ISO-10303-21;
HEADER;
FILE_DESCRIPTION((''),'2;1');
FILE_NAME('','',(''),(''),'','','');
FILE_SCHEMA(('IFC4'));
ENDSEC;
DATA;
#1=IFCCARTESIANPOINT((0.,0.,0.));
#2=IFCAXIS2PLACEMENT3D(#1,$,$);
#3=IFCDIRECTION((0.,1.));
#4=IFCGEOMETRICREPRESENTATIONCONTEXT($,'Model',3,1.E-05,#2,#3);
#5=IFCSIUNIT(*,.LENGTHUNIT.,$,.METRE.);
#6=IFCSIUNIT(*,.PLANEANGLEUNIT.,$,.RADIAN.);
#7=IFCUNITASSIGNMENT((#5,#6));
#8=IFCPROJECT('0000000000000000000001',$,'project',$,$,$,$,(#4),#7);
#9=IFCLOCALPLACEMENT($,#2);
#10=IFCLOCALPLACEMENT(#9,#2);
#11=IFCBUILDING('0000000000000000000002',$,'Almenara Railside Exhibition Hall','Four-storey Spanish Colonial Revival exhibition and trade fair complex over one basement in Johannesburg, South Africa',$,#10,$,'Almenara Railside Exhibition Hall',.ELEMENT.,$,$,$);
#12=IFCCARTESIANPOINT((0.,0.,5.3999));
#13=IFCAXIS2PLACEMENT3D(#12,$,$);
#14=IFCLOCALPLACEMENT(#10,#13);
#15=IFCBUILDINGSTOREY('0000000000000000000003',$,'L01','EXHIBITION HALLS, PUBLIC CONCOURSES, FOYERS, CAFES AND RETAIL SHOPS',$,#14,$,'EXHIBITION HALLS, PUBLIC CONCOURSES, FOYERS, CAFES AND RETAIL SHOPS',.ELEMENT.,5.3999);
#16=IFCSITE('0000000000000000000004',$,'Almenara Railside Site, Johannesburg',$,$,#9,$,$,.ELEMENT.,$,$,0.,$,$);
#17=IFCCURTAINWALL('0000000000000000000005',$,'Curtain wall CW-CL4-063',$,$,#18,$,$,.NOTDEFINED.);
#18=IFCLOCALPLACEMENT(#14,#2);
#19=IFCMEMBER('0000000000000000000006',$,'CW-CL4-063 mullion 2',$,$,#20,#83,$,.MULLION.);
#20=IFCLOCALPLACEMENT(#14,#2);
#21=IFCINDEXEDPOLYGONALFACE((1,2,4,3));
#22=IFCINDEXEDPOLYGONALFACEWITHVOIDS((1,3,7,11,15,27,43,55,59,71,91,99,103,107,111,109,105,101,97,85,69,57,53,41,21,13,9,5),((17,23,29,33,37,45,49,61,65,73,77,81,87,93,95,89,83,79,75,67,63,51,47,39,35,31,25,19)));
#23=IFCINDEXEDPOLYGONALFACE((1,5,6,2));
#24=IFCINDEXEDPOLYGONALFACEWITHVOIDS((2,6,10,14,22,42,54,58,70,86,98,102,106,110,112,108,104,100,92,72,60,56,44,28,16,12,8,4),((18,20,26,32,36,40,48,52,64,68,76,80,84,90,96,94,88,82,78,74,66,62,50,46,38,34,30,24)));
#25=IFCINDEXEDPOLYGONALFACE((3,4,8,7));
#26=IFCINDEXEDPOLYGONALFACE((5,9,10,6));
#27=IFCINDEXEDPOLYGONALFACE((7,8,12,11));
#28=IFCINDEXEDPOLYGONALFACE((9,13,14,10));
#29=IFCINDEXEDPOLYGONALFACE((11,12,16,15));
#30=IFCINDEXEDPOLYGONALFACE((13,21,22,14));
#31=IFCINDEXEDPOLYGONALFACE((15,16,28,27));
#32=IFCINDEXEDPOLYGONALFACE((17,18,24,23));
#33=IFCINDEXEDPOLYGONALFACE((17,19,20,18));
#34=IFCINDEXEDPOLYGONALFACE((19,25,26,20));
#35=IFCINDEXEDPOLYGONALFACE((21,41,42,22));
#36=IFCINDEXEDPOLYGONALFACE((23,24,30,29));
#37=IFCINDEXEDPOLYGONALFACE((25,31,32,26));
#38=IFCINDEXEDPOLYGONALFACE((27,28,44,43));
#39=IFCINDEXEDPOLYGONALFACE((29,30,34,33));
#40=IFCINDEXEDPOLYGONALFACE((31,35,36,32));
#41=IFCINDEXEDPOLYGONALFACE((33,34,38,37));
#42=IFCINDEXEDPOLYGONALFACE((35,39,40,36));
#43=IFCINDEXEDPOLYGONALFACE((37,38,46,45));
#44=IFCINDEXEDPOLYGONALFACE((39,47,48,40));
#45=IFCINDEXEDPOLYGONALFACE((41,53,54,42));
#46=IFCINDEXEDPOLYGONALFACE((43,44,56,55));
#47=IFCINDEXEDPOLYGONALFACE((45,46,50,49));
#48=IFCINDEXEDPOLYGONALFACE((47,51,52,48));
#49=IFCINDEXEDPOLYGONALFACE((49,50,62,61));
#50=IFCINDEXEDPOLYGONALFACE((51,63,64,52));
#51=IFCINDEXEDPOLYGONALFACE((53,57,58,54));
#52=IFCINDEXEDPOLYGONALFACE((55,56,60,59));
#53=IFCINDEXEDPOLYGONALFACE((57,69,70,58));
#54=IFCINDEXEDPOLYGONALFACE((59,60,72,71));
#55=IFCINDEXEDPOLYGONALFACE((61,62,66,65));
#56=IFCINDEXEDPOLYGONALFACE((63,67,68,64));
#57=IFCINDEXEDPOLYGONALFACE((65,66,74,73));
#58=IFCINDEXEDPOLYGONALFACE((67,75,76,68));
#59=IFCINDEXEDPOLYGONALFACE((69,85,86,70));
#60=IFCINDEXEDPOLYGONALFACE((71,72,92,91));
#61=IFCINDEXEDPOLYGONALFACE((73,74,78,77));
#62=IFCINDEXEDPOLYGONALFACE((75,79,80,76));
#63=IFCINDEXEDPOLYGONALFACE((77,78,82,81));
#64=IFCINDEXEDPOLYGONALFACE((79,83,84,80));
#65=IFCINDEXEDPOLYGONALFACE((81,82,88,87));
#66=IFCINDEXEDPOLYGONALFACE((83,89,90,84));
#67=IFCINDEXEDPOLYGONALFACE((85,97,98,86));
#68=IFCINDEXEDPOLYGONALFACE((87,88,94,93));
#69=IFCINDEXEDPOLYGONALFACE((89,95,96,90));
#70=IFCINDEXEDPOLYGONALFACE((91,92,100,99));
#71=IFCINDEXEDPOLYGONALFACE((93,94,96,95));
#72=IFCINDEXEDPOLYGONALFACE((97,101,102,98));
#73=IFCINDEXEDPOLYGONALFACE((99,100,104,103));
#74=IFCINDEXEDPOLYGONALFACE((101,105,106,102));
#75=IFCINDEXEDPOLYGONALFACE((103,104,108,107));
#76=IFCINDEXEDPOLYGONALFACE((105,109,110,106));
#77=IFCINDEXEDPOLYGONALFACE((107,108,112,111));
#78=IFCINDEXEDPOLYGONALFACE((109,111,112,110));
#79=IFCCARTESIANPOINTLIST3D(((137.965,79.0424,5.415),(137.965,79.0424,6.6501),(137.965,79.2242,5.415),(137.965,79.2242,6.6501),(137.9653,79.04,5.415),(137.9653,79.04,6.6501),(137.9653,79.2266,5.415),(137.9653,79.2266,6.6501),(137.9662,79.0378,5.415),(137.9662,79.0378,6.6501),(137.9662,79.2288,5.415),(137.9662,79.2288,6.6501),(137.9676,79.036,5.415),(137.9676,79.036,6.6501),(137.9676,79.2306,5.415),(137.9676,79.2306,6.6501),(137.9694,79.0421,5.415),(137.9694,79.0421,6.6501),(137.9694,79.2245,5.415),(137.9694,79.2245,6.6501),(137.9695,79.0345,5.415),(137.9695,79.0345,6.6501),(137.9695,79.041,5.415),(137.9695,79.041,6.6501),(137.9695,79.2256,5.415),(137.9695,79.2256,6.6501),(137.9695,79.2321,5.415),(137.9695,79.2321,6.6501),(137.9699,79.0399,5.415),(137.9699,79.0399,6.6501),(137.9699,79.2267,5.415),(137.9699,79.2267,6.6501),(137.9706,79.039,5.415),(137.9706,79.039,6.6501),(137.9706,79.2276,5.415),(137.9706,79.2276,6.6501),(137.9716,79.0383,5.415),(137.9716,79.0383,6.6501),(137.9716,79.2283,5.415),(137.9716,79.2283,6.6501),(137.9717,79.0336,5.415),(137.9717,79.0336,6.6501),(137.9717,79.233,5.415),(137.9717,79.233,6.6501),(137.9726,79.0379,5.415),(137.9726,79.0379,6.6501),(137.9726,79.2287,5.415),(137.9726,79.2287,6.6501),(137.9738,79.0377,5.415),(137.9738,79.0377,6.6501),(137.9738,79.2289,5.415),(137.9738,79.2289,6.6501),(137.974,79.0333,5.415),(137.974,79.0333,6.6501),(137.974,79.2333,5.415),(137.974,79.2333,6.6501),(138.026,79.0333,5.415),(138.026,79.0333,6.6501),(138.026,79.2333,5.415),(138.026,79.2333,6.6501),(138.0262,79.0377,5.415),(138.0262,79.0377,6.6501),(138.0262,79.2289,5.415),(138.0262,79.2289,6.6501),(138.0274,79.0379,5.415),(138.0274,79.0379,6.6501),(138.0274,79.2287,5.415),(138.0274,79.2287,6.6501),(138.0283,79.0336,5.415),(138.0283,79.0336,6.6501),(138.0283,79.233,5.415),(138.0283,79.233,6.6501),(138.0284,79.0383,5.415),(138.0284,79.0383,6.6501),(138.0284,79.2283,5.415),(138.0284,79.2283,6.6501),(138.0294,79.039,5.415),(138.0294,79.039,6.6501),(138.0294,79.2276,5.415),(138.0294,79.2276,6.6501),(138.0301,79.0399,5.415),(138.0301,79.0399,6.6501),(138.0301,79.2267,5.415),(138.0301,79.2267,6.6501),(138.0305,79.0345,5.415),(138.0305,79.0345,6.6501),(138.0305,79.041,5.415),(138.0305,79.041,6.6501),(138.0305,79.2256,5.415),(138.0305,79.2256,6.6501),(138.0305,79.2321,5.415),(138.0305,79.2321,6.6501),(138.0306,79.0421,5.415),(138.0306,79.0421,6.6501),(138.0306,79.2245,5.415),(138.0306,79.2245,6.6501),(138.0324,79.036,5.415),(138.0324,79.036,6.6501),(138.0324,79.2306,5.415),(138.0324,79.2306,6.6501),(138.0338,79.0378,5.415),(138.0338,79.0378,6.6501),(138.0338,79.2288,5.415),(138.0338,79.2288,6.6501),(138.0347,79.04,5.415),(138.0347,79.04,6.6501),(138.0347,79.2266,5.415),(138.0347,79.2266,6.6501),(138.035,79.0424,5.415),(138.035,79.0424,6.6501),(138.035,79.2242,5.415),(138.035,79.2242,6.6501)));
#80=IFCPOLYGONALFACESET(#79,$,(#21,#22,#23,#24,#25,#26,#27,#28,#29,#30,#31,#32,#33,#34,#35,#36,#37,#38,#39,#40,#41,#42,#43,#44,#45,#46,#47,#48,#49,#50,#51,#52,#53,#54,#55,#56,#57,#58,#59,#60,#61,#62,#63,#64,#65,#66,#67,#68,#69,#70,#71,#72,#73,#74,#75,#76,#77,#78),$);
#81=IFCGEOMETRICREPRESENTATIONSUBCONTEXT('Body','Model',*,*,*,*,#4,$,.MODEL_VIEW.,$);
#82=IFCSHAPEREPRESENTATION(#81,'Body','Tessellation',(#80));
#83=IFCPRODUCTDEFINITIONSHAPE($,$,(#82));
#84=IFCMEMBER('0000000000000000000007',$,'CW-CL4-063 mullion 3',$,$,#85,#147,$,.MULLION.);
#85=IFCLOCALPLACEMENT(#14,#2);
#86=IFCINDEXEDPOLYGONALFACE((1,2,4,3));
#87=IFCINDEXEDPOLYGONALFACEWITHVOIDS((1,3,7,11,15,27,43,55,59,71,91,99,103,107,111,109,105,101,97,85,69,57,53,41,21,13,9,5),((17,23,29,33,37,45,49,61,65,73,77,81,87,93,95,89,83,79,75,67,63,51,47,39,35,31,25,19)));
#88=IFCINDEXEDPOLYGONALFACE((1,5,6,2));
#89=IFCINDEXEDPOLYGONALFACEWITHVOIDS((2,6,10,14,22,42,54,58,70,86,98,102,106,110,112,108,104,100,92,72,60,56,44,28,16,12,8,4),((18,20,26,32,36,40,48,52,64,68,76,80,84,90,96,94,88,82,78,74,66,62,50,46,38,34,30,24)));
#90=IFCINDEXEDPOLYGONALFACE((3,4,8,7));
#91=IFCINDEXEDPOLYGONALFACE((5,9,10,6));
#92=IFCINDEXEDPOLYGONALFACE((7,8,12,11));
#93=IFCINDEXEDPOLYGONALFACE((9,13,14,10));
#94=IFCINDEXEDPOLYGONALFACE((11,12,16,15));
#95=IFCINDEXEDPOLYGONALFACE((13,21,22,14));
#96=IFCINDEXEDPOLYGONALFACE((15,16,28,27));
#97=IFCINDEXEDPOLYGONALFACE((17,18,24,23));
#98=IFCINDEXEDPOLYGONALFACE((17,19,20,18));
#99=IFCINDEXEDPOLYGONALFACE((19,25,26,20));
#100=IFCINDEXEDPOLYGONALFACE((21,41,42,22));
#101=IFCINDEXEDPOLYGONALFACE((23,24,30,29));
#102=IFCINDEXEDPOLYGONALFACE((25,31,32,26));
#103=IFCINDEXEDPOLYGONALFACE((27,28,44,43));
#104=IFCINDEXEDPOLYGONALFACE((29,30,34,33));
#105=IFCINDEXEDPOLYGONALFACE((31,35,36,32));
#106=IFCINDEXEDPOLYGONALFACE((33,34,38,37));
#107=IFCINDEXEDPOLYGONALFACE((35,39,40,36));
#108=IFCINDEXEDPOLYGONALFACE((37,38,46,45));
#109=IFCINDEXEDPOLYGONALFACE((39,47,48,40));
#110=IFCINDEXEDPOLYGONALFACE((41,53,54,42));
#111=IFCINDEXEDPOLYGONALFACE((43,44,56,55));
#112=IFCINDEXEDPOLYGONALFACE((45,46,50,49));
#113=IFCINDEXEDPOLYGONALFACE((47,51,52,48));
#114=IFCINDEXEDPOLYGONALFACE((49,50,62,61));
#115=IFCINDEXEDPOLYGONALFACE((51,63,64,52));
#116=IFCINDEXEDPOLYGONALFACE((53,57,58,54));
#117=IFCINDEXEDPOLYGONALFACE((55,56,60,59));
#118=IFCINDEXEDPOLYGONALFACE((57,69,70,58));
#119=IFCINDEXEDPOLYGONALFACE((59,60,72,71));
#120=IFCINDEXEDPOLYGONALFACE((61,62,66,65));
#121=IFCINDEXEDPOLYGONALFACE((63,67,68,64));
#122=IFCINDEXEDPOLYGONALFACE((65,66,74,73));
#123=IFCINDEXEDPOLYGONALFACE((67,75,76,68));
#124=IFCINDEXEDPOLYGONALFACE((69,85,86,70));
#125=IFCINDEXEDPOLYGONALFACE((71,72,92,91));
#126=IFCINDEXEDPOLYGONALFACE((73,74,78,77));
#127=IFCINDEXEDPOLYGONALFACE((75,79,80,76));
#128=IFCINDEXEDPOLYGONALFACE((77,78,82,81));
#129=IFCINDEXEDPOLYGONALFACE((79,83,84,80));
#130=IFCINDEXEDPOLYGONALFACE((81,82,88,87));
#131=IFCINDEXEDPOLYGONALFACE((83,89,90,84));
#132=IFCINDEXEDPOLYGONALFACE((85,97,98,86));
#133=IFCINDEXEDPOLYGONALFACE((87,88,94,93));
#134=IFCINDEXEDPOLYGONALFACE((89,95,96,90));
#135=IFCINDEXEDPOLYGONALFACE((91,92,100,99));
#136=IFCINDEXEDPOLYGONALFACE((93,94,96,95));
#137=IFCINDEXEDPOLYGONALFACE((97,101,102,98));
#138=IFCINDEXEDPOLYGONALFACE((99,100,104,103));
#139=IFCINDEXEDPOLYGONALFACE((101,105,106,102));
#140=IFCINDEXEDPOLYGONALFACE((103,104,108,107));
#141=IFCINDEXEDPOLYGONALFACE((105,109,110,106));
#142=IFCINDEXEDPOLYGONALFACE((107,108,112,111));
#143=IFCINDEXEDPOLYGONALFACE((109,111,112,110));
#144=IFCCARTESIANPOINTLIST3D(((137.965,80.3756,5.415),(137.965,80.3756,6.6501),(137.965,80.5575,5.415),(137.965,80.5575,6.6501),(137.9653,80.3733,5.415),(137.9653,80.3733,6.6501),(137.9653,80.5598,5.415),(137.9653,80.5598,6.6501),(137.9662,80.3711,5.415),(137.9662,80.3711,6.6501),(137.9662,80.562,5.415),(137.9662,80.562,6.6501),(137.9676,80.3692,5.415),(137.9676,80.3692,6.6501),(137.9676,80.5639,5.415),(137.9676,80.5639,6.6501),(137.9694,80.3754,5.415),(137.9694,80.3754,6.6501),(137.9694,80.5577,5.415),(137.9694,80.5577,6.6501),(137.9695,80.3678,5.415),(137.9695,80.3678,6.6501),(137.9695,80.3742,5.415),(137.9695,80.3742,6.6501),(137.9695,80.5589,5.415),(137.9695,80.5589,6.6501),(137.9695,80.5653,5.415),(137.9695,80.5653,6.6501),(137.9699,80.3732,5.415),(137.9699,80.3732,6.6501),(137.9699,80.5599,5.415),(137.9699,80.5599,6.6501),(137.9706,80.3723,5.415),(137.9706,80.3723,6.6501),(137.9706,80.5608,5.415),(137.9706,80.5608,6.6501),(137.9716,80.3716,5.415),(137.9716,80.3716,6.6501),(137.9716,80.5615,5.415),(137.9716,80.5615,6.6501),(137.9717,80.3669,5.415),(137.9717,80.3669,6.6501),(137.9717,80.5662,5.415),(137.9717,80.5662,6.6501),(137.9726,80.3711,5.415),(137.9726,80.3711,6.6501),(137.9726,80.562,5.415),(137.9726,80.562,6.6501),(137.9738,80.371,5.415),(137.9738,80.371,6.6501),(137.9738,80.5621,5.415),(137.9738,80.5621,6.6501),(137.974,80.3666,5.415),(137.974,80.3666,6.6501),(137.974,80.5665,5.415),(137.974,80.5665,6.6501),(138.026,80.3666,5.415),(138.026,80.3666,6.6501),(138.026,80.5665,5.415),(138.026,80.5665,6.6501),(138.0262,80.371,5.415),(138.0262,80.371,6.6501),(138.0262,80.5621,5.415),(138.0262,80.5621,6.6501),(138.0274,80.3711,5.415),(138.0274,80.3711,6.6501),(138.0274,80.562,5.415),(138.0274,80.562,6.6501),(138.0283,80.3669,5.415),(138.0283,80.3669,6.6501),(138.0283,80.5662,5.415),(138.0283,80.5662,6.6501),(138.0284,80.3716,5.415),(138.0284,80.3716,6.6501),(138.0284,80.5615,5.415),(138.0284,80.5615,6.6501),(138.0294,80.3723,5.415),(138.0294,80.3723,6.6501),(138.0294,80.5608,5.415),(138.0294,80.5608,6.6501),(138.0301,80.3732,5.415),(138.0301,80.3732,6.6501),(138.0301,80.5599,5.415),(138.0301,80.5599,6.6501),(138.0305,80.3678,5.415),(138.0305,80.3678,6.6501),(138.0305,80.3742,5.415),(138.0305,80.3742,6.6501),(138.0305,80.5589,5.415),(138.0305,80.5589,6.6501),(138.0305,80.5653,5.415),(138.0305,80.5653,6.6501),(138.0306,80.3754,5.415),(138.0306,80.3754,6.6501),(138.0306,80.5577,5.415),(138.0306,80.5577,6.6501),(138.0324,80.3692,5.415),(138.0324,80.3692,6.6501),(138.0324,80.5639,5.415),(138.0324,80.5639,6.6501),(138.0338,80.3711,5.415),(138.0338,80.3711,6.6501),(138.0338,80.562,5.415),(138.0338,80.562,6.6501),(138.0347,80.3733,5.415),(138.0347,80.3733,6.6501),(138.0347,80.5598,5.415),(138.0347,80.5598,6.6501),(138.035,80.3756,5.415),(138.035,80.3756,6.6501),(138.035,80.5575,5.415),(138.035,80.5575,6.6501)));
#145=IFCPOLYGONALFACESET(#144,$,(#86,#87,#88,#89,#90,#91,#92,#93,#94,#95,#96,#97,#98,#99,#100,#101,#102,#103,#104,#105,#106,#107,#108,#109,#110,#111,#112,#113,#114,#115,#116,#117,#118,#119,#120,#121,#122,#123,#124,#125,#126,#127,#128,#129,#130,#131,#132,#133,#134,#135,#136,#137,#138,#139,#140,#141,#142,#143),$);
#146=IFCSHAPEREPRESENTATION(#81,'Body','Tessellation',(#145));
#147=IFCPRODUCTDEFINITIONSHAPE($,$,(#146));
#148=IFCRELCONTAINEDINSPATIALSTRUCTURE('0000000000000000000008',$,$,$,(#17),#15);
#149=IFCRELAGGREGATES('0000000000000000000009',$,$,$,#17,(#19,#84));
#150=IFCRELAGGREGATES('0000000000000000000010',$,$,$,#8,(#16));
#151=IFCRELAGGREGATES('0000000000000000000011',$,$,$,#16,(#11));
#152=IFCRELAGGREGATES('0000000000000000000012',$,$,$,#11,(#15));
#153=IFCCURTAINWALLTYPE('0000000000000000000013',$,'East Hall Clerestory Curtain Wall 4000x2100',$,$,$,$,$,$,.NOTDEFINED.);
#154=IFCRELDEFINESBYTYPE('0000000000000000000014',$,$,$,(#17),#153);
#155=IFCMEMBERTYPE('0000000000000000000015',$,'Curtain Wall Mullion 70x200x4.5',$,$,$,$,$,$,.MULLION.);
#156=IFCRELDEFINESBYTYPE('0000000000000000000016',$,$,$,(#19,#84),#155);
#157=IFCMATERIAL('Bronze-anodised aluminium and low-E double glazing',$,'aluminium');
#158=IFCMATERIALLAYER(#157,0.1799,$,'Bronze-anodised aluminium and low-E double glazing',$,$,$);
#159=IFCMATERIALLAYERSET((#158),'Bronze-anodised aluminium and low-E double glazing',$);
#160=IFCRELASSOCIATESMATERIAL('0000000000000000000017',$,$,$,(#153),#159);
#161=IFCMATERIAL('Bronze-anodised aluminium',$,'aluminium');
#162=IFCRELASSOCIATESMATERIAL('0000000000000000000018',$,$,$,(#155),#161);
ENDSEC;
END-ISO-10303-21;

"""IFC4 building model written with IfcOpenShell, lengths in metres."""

from ifc_helpers import new_model, si_unit, direction, frame, origin, origin_2d, place, context, subcontext, project, spatial, hollow_rectangle, extrude, material, layer, layer_set, material_profile, profile_set, type_object, element, aggregate, save


model = new_model("IFC4")

# Units and contexts
model_context = context("Model", 3, precision=1e-05, world=origin(), true_north=direction((0.0, 1.0)))
body_context = subcontext(model_context, "Body", "Model", "MODEL_VIEW")
ifc_project = project(units=[si_unit("LENGTHUNIT", "METRE"), si_unit("PLANEANGLEUNIT", "RADIAN")], contexts=[model_context])

# Site, building, storey
site_placement = place(None, origin())
site = spatial("IfcSite", under=ifc_project, at=site_placement, Name="Almenara Railside Site, Johannesburg", CompositionType="ELEMENT", RefElevation=0.0)
building_placement = place(site_placement, origin())
building = spatial("IfcBuilding", under=site, at=building_placement, Name="Almenara Railside Exhibition Hall", Description="Four-storey Spanish Colonial Revival exhibition and trade fair complex over one basement in Johannesburg, South Africa", LongName="Almenara Railside Exhibition Hall", CompositionType="ELEMENT")
storey_placement = place(building_placement, frame((0.0, 0.0, 5.3999)))
storey = spatial("IfcBuildingStorey", under=building, at=storey_placement, Name="L01", Description="EXHIBITION HALLS, PUBLIC CONCOURSES, FOYERS, CAFES AND RETAIL SHOPS", LongName="EXHIBITION HALLS, PUBLIC CONCOURSES, FOYERS, CAFES AND RETAIL SHOPS", CompositionType="ELEMENT", Elevation=5.3999)

# Curtain wall, members
ifc_material_1 = material(Name="Bronze-anodised aluminium and low-E double glazing", Category="aluminium")
ifc_layer_1 = layer(ifc_material_1, 0.1799, Name="Bronze-anodised aluminium and low-E double glazing")
ifc_layer_set_1 = layer_set([ifc_layer_1], Name="Bronze-anodised aluminium and low-E double glazing")
curtain_wall_type = type_object("IfcCurtainWallType", Name="East Hall Clerestory Curtain Wall 4000x2100", PredefinedType="NOTDEFINED", material=ifc_layer_set_1)
ifc_material_2 = material(Name="Bronze-anodised aluminium", Category="aluminium")
curtain_wall_1_placement = place(storey_placement, origin())
curtain_wall_1 = element("IfcCurtainWall", 1, at=curtain_wall_1_placement, inside=storey, type_object=curtain_wall_type, Name="Curtain wall CW-CL4-063", PredefinedType="NOTDEFINED")
ifc_material_profile_1 = material_profile(ifc_material_2, hollow_rectangle(XDim=0.0701, YDim=0.2, WallThickness=0.0044, InnerFilletRadius=0.0044, OuterFilletRadius=0.009, at=origin_2d()), Name="ALU-MUL 70x200x4.5")
ifc_profile_set_1 = profile_set([ifc_material_profile_1], Name="Bronze-anodised aluminium")
member_type_1 = type_object("IfcMemberType", Name="Curtain Wall Mullion 70x200x4.5", PredefinedType="MULLION", material=ifc_profile_set_1)
member_1_placement = place(storey_placement, frame((138.0, 79.1333, 5.415), z_axis=(0.0, 0.0, 1.0), x_axis=(-1.0, 0.0, 0.0)))
member_1 = element("IfcMember", 2, at=member_1_placement, type_object=member_type_1, Name="CW-CL4-063 mullion 2", PredefinedType="MULLION", context=body_context, shape_type="SweptSolid", body=[
    extrude(hollow_rectangle(XDim=0.0701, YDim=0.2, WallThickness=0.0044, InnerFilletRadius=0.0044, OuterFilletRadius=0.009, at=origin_2d()), origin(), (0.0, 0.0, 1.0), 1.2351),
])
member_2_placement = place(storey_placement, frame((138.0, 80.4666, 5.415), z_axis=(0.0, 0.0, 1.0), x_axis=(-1.0, 0.0, 0.0)))
member_2 = element("IfcMember", 3, at=member_2_placement, type_object=member_type_1, Name="CW-CL4-063 mullion 3", PredefinedType="MULLION", context=body_context, shape_type="SweptSolid", body=[
    extrude(hollow_rectangle(XDim=0.0701, YDim=0.2, WallThickness=0.0044, InnerFilletRadius=0.0044, OuterFilletRadius=0.009, at=origin_2d()), origin(), (0.0, 0.0, 1.0), 1.2351),
])

aggregate(curtain_wall_1, [member_1, member_2])

save(model, "model.ifc")
